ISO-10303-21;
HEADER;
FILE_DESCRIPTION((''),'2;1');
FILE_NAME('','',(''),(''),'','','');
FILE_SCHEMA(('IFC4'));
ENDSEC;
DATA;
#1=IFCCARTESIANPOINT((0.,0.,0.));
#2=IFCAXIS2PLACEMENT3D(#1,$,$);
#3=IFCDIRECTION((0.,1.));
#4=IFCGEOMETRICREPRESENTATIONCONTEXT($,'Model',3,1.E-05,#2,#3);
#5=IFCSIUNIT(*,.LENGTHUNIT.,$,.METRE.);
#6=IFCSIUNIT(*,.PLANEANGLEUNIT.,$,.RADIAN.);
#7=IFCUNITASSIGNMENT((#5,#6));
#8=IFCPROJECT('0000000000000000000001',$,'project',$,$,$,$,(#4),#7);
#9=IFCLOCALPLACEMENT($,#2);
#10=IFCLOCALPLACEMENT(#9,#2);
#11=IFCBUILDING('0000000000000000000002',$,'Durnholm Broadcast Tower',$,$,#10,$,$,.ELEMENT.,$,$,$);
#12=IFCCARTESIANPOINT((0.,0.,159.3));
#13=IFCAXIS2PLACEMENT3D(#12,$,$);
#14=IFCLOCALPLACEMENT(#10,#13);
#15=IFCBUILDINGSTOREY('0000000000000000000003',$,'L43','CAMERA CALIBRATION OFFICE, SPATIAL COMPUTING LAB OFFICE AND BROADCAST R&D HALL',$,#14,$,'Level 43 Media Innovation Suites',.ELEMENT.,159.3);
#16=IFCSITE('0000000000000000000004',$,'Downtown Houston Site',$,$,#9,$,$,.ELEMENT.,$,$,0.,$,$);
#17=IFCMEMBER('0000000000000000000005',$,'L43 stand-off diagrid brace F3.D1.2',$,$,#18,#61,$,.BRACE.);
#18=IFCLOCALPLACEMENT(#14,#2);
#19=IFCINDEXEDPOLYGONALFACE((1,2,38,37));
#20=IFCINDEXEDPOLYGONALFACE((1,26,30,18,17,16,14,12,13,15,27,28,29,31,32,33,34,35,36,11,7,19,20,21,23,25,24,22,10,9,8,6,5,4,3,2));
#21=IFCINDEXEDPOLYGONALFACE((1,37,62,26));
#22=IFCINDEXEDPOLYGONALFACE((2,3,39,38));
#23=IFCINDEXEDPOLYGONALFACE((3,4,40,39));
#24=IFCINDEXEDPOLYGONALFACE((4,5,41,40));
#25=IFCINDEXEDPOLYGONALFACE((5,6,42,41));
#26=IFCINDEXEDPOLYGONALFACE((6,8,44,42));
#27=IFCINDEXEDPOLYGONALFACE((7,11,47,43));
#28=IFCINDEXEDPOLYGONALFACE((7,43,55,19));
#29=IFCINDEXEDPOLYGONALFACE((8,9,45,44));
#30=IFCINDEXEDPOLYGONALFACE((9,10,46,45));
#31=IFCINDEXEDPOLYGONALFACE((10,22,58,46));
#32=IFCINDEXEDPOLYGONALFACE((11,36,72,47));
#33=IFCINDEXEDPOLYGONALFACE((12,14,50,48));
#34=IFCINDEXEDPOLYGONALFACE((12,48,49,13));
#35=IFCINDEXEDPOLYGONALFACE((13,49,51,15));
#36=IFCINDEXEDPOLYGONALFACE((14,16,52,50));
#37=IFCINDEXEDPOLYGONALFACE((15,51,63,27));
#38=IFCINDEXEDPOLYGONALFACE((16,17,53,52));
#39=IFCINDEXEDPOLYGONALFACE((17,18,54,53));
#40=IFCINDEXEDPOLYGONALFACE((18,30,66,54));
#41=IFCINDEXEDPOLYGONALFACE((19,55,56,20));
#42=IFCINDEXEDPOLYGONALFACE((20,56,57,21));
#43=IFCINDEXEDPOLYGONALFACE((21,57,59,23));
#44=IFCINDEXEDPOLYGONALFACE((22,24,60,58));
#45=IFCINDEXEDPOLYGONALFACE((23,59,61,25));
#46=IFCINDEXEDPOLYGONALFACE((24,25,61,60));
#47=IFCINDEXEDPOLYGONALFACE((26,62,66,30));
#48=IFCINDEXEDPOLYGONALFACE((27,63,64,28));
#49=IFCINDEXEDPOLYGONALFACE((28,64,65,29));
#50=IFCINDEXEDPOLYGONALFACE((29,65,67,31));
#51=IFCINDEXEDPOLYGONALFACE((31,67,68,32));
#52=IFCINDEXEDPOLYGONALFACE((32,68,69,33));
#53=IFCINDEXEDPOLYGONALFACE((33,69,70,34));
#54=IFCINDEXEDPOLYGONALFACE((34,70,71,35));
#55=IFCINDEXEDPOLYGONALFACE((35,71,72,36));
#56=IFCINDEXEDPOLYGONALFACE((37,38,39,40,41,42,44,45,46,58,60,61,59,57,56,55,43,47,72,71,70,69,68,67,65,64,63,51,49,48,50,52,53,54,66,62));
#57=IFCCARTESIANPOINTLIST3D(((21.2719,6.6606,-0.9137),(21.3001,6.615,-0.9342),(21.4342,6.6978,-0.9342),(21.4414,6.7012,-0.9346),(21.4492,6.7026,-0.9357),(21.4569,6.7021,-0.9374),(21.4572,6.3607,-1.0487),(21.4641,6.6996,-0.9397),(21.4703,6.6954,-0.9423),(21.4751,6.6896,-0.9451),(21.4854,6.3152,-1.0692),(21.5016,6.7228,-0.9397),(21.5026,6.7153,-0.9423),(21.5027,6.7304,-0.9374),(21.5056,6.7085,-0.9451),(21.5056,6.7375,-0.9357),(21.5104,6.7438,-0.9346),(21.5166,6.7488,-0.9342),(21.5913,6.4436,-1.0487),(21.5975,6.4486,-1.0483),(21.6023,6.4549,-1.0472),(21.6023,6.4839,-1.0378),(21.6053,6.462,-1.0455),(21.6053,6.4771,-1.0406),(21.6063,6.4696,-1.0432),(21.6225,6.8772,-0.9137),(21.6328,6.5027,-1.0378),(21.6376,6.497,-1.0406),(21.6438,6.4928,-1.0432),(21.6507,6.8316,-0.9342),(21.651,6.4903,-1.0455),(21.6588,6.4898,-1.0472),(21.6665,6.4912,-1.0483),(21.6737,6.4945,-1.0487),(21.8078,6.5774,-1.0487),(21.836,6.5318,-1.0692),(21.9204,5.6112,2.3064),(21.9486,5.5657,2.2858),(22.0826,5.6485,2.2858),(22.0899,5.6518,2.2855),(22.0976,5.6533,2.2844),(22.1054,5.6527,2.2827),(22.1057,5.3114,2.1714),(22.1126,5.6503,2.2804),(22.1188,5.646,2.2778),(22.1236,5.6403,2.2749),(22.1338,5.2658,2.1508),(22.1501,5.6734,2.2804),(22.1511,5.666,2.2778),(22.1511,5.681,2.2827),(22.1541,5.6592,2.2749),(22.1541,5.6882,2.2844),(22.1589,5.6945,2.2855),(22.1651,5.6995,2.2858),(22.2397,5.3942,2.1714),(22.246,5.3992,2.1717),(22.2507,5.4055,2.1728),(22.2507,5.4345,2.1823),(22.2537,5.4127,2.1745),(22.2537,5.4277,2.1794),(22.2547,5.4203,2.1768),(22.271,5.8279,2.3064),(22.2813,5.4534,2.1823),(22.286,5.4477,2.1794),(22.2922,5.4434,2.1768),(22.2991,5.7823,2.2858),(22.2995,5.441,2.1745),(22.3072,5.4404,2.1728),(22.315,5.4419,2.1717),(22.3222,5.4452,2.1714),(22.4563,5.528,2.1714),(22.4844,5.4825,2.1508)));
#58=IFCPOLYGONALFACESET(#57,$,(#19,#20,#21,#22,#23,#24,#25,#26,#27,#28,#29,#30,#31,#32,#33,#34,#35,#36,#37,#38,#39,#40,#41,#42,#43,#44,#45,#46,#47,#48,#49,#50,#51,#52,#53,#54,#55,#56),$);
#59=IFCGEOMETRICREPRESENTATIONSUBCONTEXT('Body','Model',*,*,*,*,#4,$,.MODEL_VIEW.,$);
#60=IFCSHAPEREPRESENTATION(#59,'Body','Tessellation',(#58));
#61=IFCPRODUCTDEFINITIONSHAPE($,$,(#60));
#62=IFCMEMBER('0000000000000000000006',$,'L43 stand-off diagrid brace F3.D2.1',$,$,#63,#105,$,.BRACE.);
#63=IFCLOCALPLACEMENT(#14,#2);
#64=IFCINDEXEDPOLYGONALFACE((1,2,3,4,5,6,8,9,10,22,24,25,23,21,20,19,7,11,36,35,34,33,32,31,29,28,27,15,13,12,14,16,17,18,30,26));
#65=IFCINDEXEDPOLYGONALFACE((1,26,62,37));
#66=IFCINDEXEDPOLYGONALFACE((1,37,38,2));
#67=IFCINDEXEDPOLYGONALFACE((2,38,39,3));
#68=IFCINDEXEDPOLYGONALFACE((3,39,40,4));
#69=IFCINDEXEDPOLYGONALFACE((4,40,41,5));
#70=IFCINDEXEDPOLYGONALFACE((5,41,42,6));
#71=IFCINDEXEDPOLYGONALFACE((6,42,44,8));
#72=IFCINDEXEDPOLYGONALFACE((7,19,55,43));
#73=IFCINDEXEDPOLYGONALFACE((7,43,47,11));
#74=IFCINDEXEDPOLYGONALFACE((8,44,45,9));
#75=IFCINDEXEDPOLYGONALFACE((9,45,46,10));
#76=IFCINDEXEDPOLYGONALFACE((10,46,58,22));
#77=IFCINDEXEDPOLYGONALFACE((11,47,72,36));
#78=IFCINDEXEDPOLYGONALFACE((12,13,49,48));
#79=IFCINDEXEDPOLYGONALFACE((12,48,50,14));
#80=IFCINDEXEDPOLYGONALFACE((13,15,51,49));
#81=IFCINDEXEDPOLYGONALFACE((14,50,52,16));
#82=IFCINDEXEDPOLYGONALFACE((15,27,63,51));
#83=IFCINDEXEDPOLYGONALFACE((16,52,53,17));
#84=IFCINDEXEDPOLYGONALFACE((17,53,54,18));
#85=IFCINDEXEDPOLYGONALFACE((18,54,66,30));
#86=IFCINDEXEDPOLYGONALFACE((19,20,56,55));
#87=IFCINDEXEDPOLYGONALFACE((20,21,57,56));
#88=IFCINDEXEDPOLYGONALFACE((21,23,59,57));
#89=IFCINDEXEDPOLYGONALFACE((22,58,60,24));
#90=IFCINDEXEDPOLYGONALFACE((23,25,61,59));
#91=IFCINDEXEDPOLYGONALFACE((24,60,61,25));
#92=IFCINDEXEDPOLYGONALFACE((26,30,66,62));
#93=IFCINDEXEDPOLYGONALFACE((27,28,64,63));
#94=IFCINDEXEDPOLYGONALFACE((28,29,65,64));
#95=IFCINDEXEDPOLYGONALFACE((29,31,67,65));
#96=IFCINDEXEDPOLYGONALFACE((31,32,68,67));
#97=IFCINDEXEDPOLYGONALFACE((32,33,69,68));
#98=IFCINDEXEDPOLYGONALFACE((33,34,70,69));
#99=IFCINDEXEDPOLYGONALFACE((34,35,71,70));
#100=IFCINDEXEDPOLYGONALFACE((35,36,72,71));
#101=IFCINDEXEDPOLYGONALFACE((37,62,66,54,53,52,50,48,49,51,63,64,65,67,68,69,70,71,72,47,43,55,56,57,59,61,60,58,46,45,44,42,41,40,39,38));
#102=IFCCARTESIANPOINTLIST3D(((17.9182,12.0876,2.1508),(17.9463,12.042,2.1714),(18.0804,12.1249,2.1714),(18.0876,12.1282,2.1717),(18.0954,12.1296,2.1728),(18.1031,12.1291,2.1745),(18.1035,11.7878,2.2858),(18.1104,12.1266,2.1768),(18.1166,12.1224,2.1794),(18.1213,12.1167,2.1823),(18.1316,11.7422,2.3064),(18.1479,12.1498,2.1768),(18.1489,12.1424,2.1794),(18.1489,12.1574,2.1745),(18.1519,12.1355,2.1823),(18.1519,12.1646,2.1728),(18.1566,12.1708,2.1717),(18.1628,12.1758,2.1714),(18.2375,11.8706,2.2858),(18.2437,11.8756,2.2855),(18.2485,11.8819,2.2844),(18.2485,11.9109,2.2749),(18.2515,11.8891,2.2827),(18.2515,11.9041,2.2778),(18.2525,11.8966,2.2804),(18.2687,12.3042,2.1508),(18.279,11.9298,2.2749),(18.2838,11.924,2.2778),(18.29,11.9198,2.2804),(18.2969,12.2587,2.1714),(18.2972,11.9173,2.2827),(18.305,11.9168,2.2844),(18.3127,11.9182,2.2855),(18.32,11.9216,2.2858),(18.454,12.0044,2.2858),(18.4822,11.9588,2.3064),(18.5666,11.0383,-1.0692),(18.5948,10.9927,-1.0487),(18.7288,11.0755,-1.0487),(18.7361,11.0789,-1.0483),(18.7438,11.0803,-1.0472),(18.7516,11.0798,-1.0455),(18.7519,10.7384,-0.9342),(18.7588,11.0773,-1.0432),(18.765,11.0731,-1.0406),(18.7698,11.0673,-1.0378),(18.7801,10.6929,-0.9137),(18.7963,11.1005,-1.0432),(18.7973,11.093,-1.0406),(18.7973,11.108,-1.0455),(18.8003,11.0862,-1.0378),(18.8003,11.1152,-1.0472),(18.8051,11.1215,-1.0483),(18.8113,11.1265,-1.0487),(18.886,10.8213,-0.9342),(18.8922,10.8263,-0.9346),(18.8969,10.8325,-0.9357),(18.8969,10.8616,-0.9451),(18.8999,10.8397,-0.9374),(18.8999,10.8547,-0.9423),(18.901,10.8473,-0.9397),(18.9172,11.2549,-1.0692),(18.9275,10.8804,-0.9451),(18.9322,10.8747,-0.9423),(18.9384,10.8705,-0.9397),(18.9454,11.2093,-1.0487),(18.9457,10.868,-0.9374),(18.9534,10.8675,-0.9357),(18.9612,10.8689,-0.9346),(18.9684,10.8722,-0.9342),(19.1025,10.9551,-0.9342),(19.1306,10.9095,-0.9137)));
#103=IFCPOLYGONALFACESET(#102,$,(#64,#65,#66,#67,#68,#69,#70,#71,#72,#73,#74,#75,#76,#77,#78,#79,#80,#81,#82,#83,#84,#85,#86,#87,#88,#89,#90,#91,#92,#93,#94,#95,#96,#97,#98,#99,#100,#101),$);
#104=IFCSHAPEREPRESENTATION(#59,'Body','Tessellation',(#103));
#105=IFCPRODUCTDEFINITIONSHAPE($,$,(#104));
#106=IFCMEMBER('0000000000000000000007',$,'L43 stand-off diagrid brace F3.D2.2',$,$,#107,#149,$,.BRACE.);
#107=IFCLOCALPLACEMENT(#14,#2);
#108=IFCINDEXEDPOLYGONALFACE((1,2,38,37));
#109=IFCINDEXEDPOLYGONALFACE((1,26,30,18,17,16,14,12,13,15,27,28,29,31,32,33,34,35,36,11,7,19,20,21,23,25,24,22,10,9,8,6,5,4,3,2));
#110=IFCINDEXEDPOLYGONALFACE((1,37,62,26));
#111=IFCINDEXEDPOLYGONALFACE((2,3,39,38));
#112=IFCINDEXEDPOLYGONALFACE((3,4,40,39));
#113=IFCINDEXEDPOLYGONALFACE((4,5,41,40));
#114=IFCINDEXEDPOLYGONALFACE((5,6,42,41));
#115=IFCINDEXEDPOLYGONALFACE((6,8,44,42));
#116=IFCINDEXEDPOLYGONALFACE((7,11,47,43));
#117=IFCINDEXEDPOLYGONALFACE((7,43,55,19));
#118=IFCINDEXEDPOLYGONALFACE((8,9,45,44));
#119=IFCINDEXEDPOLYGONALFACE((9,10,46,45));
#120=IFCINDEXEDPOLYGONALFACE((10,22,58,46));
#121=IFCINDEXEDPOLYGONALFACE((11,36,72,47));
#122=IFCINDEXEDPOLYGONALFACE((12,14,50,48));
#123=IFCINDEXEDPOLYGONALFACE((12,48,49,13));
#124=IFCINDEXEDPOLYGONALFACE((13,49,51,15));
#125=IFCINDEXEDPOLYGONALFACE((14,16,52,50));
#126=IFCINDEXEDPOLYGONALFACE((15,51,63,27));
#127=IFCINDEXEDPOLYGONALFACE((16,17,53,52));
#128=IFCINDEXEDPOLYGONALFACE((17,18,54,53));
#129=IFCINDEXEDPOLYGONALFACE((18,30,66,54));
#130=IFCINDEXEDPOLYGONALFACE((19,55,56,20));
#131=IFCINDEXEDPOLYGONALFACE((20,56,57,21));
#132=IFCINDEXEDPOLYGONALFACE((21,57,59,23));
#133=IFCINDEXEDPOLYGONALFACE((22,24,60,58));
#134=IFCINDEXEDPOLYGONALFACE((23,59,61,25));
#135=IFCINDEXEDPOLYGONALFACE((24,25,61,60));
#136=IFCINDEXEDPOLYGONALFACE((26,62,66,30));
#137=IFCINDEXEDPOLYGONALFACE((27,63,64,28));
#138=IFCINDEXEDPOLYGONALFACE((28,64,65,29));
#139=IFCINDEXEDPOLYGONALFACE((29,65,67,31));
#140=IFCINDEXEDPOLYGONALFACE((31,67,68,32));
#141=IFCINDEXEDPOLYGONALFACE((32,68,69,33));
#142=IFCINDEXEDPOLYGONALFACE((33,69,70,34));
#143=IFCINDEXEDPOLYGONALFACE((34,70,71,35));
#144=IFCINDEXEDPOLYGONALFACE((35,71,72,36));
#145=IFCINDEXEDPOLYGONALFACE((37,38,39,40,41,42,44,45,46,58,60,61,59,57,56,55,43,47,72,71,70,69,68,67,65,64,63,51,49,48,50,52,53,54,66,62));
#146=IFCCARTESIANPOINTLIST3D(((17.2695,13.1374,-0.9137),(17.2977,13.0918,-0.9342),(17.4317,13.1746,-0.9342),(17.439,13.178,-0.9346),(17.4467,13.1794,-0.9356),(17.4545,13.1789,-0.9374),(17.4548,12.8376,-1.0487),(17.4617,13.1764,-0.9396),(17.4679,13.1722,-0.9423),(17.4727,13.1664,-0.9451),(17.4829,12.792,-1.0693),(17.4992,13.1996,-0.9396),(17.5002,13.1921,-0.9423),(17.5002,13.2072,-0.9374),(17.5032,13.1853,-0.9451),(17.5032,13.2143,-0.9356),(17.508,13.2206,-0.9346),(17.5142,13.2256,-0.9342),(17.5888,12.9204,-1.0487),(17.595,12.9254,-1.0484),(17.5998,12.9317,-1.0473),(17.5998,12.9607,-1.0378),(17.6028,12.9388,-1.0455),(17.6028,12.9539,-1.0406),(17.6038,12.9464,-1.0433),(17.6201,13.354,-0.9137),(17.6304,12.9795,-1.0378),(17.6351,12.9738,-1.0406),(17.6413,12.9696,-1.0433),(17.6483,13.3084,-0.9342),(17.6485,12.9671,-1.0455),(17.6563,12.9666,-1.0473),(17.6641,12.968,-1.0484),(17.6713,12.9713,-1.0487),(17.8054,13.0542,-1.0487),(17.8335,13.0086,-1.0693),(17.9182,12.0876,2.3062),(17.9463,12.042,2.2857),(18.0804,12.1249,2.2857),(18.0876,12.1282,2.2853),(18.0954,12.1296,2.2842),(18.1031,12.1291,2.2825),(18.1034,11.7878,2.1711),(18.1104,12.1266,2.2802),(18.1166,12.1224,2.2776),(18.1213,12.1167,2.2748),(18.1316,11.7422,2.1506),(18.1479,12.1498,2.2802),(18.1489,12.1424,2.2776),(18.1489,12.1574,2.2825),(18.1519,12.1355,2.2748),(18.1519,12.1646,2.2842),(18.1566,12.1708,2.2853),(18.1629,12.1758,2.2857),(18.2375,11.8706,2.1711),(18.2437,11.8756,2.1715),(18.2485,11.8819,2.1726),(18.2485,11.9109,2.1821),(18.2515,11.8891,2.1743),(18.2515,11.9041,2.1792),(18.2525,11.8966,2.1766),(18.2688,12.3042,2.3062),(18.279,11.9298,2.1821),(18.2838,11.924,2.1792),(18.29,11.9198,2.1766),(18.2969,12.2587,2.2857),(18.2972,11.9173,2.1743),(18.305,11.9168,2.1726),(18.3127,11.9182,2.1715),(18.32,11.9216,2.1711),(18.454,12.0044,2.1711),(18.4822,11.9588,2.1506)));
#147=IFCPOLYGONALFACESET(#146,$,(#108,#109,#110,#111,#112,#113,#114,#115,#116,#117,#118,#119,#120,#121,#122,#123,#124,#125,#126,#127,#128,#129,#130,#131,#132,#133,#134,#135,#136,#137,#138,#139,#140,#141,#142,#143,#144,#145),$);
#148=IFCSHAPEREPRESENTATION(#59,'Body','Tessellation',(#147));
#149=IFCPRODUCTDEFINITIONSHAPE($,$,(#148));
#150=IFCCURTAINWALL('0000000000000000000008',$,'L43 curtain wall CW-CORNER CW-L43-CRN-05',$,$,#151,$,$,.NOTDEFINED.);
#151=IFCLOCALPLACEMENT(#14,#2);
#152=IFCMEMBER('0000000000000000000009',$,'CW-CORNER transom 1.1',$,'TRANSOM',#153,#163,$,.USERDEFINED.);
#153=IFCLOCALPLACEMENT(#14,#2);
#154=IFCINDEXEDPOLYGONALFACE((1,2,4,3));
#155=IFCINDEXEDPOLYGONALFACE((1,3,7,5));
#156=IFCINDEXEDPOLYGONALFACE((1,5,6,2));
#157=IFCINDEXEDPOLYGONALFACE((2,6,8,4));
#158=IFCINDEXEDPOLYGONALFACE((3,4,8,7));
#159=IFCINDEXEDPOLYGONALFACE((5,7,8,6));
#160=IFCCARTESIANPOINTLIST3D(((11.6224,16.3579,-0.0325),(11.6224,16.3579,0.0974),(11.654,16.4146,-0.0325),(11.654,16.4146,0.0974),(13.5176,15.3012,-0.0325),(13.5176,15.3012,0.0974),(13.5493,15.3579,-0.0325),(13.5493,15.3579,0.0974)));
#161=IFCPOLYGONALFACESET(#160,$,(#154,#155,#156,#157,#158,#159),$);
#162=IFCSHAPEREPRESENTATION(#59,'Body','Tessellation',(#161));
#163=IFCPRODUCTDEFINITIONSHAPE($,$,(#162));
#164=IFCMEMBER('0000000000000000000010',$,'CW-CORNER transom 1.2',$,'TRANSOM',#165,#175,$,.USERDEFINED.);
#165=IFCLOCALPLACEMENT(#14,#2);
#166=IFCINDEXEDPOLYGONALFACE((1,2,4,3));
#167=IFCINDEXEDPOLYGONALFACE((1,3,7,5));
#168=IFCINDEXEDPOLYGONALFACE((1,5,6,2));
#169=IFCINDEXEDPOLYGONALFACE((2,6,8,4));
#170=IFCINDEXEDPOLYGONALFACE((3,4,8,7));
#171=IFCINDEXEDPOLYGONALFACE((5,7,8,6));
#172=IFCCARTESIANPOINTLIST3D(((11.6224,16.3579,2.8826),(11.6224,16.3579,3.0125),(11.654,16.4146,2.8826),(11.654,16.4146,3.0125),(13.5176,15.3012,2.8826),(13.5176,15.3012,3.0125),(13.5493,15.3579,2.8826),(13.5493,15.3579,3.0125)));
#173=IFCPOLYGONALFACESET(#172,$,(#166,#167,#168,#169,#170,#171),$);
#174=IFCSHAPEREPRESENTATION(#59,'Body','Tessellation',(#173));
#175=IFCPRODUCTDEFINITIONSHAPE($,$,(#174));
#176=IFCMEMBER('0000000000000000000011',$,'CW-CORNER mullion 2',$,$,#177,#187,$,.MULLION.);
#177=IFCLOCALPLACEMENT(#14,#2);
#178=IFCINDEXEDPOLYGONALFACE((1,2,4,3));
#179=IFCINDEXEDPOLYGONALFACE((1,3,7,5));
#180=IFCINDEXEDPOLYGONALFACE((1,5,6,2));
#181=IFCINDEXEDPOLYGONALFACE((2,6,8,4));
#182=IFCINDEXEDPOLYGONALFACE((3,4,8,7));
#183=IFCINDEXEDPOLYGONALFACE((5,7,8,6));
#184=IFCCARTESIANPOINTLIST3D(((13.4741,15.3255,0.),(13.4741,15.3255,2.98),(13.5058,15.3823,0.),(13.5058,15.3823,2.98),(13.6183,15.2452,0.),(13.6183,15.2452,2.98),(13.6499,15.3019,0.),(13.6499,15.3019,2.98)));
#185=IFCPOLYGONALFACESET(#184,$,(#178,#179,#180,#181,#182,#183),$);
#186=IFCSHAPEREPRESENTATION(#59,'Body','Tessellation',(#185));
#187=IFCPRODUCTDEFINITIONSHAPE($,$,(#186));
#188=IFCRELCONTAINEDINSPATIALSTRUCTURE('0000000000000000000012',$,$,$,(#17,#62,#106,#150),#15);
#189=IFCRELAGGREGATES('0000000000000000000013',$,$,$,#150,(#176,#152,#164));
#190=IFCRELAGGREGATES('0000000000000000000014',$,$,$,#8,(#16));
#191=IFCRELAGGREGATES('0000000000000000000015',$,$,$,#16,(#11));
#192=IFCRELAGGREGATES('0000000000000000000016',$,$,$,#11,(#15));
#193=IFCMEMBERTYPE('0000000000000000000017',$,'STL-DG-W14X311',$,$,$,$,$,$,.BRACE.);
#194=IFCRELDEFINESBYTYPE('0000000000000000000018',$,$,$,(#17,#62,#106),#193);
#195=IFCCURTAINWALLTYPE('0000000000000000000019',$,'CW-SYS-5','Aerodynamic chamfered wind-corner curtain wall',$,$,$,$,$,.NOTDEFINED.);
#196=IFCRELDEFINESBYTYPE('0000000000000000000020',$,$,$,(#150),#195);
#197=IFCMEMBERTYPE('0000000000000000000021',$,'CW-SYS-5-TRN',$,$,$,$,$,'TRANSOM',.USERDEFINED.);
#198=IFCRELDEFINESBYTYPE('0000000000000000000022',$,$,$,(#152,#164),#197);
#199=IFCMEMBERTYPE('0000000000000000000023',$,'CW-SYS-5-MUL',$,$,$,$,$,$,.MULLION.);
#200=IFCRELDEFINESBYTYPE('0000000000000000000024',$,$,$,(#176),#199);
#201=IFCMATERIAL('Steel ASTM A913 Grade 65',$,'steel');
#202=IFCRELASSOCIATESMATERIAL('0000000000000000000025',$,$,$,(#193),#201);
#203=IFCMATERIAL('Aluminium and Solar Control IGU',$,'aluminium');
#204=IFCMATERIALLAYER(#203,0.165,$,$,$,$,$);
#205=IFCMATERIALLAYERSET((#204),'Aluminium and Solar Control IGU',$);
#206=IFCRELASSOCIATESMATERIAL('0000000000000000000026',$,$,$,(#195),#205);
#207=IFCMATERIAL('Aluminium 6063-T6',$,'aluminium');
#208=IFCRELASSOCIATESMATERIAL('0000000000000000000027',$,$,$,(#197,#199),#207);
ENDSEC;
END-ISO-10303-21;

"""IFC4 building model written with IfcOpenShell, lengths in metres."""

from ifc_helpers import new_model, si_unit, direction, frame, origin, origin_2d, place, context, subcontext, project, spatial, rectangle, i_section, extrude, source, transform, mapped, material, layer, layer_set, material_profile, profile_set, type_object, type_shapes, element, aggregate, save


model = new_model("IFC4")

# Units and contexts
model_context = context("Model", 3, precision=1e-05, world=origin(), true_north=direction((0.0, 1.0)))
body_context = subcontext(model_context, "Body", "Model", "MODEL_VIEW")
ifc_project = project(units=[si_unit("LENGTHUNIT", "METRE"), si_unit("PLANEANGLEUNIT", "RADIAN")], contexts=[model_context])

# Site, building, storey
site_placement = place(None, origin())
site = spatial("IfcSite", under=ifc_project, at=site_placement, Name="Downtown Houston Site", CompositionType="ELEMENT", RefElevation=0.0)
building_placement = place(site_placement, origin())
building = spatial("IfcBuilding", under=site, at=building_placement, Name="Durnholm Broadcast Tower", CompositionType="ELEMENT")
storey_placement = place(building_placement, frame((0.0, 0.0, 159.3)))
storey = spatial("IfcBuildingStorey", under=building, at=storey_placement, Name="L43", Description="CAMERA CALIBRATION OFFICE, SPATIAL COMPUTING LAB OFFICE AND BROADCAST R&D HALL", LongName="Level 43 Media Innovation Suites", CompositionType="ELEMENT", Elevation=159.3)

# Members
ifc_material_1 = material(Name="Steel ASTM A913 Grade 65", Category="steel")
ifc_material_profile_1 = material_profile(ifc_material_1, i_section(OverallWidth=0.4121, OverallDepth=0.4348, WebThickness=0.0359, FlangeThickness=0.0574, FilletRadius=0.0305, at=origin_2d()), Name="W14X311")
ifc_profile_set_1 = profile_set([ifc_material_profile_1], Name="Steel ASTM A913 Grade 65")
member_type_1 = type_object("IfcMemberType", Name="STL-DG-W14X311", PredefinedType="BRACE", material=ifc_profile_set_1)
shared_shape_1 = source(origin(), body_context, "Body", "SweptSolid", [
    extrude(i_section(OverallWidth=0.4121, OverallDepth=0.4348, WebThickness=0.0359, FlangeThickness=0.0574, FilletRadius=0.0305, at=origin_2d()), origin(), (0.0, 0.0, 1.0), 3.4482),
])
type_shapes(member_type_1, [shared_shape_1])
for number, where, z_axis, x_axis, name in (
    (1, (21.554, 6.5962, -0.9915), (0.188054, -0.304313, 0.933825), (0.850678, 0.525687, 0.0), "L43 stand-off diagrid brace F3.D1.2"),
    (2, (18.8486, 10.9739, -0.9915), (-0.188054, 0.304313, 0.933825), (-0.850678, -0.525687, 0.0), "L43 stand-off diagrid brace F3.D2.1"),
    (3, (17.5515, 13.073, -0.9915), (0.188114, -0.304437, 0.933773), (0.850699, 0.525653, 0.0), "L43 stand-off diagrid brace F3.D2.2"),
):
    element("IfcMember", number, at=place(storey_placement, frame(where, z_axis=z_axis, x_axis=x_axis)), inside=storey, type_object=member_type_1, Name=name, PredefinedType="BRACE", context=body_context, shape_type="MappedRepresentation", body=[
        mapped(shared_shape_1, transform((0.0, 0.0, 0.0), x_axis=(1.0, 0.0, 0.0), y_axis=(0.0, 1.0, 0.0), z_axis=(0.0, 0.0, 1.0), scale=1.0)),
    ])

# Curtain wall, members
ifc_material_2 = material(Name="Aluminium and Solar Control IGU", Category="aluminium")
ifc_layer_1 = layer(ifc_material_2, 0.165)
ifc_layer_set_1 = layer_set([ifc_layer_1], Name="Aluminium and Solar Control IGU")
curtain_wall_type_1 = type_object("IfcCurtainWallType", Name="CW-SYS-5", Description="Aerodynamic chamfered wind-corner curtain wall", PredefinedType="NOTDEFINED", material=ifc_layer_set_1)
curtain_wall_1_placement = place(storey_placement, origin())
curtain_wall_1 = element("IfcCurtainWall", 4, at=curtain_wall_1_placement, inside=storey, type_object=curtain_wall_type_1, Name="L43 curtain wall CW-CORNER CW-L43-CRN-05", PredefinedType="NOTDEFINED")
ifc_material_3 = material(Name="Aluminium 6063-T6", Category="aluminium")
ifc_material_profile_2 = material_profile(ifc_material_3, rectangle(XDim=0.0649, YDim=0.1299, at=origin_2d()), Name="CWT65X130")
ifc_profile_set_2 = profile_set([ifc_material_profile_2], Name="Aluminium 6063-T6")
member_type_2 = type_object("IfcMemberType", Name="CW-SYS-5-TRN", ElementType="TRANSOM", PredefinedType="USERDEFINED", material=ifc_profile_set_2)
shared_shape_2 = source(origin(), body_context, "Body", "SweptSolid", [
    extrude(rectangle(XDim=0.0649, YDim=0.1299, at=origin_2d()), origin(), (0.0, 0.0, 1.0), 2.1699),
])
type_shapes(member_type_2, [shared_shape_2])
member_1_placement = place(storey_placement, frame((11.6382, 16.3862, 0.0325), z_axis=(0.873429, -0.486951, 0.0), x_axis=(0.486951, 0.873429, 0.0)))
member_1 = element("IfcMember", 5, at=member_1_placement, type_object=member_type_2, Name="CW-CORNER transom 1.1", ObjectType="TRANSOM", PredefinedType="USERDEFINED", context=body_context, shape_type="MappedRepresentation", body=[
    mapped(shared_shape_2, transform((0.0, 0.0, 0.0), x_axis=(1.0, 0.0, 0.0), y_axis=(0.0, 1.0, 0.0), z_axis=(0.0, 0.0, 1.0), scale=1.0)),
])
member_2_placement = place(storey_placement, frame((11.6382, 16.3862, 2.9475), z_axis=(0.873429, -0.486951, 0.0), x_axis=(0.486951, 0.873429, 0.0)))
member_2 = element("IfcMember", 6, at=member_2_placement, type_object=member_type_2, Name="CW-CORNER transom 1.2", ObjectType="TRANSOM", PredefinedType="USERDEFINED", context=body_context, shape_type="MappedRepresentation", body=[
    mapped(shared_shape_2, transform((0.0, 0.0, 0.0), x_axis=(1.0, 0.0, 0.0), y_axis=(0.0, 1.0, 0.0), z_axis=(0.0, 0.0, 1.0), scale=1.0)),
])
ifc_material_profile_3 = material_profile(ifc_material_3, rectangle(XDim=0.0649, YDim=0.165, at=origin_2d()), Name="CWM65X165")
ifc_profile_set_3 = profile_set([ifc_material_profile_3], Name="Aluminium 6063-T6")
member_type_3 = type_object("IfcMemberType", Name="CW-SYS-5-MUL", PredefinedType="MULLION", material=ifc_profile_set_3)
shared_shape_3 = source(origin(), body_context, "Body", "SweptSolid", [
    extrude(rectangle(XDim=0.0649, YDim=0.165, at=origin_2d()), origin(), (0.0, 0.0, 1.0), 2.98),
])
type_shapes(member_type_3, [shared_shape_3])
member_3_placement = place(storey_placement, frame((13.562, 15.3137, 0.0), z_axis=(0.0, 0.0, 1.0), x_axis=(0.486986, 0.87341, 0.0)))
member_3 = element("IfcMember", 7, at=member_3_placement, type_object=member_type_3, Name="CW-CORNER mullion 2", PredefinedType="MULLION", context=body_context, shape_type="MappedRepresentation", body=[
    mapped(shared_shape_3, transform((0.0, 0.0, 0.0), x_axis=(1.0, 0.0, 0.0), y_axis=(0.0, 1.0, 0.0), z_axis=(0.0, 0.0, 1.0), scale=1.0)),
])

aggregate(curtain_wall_1, [member_3, member_1, member_2])

save(model, "model.ifc")
